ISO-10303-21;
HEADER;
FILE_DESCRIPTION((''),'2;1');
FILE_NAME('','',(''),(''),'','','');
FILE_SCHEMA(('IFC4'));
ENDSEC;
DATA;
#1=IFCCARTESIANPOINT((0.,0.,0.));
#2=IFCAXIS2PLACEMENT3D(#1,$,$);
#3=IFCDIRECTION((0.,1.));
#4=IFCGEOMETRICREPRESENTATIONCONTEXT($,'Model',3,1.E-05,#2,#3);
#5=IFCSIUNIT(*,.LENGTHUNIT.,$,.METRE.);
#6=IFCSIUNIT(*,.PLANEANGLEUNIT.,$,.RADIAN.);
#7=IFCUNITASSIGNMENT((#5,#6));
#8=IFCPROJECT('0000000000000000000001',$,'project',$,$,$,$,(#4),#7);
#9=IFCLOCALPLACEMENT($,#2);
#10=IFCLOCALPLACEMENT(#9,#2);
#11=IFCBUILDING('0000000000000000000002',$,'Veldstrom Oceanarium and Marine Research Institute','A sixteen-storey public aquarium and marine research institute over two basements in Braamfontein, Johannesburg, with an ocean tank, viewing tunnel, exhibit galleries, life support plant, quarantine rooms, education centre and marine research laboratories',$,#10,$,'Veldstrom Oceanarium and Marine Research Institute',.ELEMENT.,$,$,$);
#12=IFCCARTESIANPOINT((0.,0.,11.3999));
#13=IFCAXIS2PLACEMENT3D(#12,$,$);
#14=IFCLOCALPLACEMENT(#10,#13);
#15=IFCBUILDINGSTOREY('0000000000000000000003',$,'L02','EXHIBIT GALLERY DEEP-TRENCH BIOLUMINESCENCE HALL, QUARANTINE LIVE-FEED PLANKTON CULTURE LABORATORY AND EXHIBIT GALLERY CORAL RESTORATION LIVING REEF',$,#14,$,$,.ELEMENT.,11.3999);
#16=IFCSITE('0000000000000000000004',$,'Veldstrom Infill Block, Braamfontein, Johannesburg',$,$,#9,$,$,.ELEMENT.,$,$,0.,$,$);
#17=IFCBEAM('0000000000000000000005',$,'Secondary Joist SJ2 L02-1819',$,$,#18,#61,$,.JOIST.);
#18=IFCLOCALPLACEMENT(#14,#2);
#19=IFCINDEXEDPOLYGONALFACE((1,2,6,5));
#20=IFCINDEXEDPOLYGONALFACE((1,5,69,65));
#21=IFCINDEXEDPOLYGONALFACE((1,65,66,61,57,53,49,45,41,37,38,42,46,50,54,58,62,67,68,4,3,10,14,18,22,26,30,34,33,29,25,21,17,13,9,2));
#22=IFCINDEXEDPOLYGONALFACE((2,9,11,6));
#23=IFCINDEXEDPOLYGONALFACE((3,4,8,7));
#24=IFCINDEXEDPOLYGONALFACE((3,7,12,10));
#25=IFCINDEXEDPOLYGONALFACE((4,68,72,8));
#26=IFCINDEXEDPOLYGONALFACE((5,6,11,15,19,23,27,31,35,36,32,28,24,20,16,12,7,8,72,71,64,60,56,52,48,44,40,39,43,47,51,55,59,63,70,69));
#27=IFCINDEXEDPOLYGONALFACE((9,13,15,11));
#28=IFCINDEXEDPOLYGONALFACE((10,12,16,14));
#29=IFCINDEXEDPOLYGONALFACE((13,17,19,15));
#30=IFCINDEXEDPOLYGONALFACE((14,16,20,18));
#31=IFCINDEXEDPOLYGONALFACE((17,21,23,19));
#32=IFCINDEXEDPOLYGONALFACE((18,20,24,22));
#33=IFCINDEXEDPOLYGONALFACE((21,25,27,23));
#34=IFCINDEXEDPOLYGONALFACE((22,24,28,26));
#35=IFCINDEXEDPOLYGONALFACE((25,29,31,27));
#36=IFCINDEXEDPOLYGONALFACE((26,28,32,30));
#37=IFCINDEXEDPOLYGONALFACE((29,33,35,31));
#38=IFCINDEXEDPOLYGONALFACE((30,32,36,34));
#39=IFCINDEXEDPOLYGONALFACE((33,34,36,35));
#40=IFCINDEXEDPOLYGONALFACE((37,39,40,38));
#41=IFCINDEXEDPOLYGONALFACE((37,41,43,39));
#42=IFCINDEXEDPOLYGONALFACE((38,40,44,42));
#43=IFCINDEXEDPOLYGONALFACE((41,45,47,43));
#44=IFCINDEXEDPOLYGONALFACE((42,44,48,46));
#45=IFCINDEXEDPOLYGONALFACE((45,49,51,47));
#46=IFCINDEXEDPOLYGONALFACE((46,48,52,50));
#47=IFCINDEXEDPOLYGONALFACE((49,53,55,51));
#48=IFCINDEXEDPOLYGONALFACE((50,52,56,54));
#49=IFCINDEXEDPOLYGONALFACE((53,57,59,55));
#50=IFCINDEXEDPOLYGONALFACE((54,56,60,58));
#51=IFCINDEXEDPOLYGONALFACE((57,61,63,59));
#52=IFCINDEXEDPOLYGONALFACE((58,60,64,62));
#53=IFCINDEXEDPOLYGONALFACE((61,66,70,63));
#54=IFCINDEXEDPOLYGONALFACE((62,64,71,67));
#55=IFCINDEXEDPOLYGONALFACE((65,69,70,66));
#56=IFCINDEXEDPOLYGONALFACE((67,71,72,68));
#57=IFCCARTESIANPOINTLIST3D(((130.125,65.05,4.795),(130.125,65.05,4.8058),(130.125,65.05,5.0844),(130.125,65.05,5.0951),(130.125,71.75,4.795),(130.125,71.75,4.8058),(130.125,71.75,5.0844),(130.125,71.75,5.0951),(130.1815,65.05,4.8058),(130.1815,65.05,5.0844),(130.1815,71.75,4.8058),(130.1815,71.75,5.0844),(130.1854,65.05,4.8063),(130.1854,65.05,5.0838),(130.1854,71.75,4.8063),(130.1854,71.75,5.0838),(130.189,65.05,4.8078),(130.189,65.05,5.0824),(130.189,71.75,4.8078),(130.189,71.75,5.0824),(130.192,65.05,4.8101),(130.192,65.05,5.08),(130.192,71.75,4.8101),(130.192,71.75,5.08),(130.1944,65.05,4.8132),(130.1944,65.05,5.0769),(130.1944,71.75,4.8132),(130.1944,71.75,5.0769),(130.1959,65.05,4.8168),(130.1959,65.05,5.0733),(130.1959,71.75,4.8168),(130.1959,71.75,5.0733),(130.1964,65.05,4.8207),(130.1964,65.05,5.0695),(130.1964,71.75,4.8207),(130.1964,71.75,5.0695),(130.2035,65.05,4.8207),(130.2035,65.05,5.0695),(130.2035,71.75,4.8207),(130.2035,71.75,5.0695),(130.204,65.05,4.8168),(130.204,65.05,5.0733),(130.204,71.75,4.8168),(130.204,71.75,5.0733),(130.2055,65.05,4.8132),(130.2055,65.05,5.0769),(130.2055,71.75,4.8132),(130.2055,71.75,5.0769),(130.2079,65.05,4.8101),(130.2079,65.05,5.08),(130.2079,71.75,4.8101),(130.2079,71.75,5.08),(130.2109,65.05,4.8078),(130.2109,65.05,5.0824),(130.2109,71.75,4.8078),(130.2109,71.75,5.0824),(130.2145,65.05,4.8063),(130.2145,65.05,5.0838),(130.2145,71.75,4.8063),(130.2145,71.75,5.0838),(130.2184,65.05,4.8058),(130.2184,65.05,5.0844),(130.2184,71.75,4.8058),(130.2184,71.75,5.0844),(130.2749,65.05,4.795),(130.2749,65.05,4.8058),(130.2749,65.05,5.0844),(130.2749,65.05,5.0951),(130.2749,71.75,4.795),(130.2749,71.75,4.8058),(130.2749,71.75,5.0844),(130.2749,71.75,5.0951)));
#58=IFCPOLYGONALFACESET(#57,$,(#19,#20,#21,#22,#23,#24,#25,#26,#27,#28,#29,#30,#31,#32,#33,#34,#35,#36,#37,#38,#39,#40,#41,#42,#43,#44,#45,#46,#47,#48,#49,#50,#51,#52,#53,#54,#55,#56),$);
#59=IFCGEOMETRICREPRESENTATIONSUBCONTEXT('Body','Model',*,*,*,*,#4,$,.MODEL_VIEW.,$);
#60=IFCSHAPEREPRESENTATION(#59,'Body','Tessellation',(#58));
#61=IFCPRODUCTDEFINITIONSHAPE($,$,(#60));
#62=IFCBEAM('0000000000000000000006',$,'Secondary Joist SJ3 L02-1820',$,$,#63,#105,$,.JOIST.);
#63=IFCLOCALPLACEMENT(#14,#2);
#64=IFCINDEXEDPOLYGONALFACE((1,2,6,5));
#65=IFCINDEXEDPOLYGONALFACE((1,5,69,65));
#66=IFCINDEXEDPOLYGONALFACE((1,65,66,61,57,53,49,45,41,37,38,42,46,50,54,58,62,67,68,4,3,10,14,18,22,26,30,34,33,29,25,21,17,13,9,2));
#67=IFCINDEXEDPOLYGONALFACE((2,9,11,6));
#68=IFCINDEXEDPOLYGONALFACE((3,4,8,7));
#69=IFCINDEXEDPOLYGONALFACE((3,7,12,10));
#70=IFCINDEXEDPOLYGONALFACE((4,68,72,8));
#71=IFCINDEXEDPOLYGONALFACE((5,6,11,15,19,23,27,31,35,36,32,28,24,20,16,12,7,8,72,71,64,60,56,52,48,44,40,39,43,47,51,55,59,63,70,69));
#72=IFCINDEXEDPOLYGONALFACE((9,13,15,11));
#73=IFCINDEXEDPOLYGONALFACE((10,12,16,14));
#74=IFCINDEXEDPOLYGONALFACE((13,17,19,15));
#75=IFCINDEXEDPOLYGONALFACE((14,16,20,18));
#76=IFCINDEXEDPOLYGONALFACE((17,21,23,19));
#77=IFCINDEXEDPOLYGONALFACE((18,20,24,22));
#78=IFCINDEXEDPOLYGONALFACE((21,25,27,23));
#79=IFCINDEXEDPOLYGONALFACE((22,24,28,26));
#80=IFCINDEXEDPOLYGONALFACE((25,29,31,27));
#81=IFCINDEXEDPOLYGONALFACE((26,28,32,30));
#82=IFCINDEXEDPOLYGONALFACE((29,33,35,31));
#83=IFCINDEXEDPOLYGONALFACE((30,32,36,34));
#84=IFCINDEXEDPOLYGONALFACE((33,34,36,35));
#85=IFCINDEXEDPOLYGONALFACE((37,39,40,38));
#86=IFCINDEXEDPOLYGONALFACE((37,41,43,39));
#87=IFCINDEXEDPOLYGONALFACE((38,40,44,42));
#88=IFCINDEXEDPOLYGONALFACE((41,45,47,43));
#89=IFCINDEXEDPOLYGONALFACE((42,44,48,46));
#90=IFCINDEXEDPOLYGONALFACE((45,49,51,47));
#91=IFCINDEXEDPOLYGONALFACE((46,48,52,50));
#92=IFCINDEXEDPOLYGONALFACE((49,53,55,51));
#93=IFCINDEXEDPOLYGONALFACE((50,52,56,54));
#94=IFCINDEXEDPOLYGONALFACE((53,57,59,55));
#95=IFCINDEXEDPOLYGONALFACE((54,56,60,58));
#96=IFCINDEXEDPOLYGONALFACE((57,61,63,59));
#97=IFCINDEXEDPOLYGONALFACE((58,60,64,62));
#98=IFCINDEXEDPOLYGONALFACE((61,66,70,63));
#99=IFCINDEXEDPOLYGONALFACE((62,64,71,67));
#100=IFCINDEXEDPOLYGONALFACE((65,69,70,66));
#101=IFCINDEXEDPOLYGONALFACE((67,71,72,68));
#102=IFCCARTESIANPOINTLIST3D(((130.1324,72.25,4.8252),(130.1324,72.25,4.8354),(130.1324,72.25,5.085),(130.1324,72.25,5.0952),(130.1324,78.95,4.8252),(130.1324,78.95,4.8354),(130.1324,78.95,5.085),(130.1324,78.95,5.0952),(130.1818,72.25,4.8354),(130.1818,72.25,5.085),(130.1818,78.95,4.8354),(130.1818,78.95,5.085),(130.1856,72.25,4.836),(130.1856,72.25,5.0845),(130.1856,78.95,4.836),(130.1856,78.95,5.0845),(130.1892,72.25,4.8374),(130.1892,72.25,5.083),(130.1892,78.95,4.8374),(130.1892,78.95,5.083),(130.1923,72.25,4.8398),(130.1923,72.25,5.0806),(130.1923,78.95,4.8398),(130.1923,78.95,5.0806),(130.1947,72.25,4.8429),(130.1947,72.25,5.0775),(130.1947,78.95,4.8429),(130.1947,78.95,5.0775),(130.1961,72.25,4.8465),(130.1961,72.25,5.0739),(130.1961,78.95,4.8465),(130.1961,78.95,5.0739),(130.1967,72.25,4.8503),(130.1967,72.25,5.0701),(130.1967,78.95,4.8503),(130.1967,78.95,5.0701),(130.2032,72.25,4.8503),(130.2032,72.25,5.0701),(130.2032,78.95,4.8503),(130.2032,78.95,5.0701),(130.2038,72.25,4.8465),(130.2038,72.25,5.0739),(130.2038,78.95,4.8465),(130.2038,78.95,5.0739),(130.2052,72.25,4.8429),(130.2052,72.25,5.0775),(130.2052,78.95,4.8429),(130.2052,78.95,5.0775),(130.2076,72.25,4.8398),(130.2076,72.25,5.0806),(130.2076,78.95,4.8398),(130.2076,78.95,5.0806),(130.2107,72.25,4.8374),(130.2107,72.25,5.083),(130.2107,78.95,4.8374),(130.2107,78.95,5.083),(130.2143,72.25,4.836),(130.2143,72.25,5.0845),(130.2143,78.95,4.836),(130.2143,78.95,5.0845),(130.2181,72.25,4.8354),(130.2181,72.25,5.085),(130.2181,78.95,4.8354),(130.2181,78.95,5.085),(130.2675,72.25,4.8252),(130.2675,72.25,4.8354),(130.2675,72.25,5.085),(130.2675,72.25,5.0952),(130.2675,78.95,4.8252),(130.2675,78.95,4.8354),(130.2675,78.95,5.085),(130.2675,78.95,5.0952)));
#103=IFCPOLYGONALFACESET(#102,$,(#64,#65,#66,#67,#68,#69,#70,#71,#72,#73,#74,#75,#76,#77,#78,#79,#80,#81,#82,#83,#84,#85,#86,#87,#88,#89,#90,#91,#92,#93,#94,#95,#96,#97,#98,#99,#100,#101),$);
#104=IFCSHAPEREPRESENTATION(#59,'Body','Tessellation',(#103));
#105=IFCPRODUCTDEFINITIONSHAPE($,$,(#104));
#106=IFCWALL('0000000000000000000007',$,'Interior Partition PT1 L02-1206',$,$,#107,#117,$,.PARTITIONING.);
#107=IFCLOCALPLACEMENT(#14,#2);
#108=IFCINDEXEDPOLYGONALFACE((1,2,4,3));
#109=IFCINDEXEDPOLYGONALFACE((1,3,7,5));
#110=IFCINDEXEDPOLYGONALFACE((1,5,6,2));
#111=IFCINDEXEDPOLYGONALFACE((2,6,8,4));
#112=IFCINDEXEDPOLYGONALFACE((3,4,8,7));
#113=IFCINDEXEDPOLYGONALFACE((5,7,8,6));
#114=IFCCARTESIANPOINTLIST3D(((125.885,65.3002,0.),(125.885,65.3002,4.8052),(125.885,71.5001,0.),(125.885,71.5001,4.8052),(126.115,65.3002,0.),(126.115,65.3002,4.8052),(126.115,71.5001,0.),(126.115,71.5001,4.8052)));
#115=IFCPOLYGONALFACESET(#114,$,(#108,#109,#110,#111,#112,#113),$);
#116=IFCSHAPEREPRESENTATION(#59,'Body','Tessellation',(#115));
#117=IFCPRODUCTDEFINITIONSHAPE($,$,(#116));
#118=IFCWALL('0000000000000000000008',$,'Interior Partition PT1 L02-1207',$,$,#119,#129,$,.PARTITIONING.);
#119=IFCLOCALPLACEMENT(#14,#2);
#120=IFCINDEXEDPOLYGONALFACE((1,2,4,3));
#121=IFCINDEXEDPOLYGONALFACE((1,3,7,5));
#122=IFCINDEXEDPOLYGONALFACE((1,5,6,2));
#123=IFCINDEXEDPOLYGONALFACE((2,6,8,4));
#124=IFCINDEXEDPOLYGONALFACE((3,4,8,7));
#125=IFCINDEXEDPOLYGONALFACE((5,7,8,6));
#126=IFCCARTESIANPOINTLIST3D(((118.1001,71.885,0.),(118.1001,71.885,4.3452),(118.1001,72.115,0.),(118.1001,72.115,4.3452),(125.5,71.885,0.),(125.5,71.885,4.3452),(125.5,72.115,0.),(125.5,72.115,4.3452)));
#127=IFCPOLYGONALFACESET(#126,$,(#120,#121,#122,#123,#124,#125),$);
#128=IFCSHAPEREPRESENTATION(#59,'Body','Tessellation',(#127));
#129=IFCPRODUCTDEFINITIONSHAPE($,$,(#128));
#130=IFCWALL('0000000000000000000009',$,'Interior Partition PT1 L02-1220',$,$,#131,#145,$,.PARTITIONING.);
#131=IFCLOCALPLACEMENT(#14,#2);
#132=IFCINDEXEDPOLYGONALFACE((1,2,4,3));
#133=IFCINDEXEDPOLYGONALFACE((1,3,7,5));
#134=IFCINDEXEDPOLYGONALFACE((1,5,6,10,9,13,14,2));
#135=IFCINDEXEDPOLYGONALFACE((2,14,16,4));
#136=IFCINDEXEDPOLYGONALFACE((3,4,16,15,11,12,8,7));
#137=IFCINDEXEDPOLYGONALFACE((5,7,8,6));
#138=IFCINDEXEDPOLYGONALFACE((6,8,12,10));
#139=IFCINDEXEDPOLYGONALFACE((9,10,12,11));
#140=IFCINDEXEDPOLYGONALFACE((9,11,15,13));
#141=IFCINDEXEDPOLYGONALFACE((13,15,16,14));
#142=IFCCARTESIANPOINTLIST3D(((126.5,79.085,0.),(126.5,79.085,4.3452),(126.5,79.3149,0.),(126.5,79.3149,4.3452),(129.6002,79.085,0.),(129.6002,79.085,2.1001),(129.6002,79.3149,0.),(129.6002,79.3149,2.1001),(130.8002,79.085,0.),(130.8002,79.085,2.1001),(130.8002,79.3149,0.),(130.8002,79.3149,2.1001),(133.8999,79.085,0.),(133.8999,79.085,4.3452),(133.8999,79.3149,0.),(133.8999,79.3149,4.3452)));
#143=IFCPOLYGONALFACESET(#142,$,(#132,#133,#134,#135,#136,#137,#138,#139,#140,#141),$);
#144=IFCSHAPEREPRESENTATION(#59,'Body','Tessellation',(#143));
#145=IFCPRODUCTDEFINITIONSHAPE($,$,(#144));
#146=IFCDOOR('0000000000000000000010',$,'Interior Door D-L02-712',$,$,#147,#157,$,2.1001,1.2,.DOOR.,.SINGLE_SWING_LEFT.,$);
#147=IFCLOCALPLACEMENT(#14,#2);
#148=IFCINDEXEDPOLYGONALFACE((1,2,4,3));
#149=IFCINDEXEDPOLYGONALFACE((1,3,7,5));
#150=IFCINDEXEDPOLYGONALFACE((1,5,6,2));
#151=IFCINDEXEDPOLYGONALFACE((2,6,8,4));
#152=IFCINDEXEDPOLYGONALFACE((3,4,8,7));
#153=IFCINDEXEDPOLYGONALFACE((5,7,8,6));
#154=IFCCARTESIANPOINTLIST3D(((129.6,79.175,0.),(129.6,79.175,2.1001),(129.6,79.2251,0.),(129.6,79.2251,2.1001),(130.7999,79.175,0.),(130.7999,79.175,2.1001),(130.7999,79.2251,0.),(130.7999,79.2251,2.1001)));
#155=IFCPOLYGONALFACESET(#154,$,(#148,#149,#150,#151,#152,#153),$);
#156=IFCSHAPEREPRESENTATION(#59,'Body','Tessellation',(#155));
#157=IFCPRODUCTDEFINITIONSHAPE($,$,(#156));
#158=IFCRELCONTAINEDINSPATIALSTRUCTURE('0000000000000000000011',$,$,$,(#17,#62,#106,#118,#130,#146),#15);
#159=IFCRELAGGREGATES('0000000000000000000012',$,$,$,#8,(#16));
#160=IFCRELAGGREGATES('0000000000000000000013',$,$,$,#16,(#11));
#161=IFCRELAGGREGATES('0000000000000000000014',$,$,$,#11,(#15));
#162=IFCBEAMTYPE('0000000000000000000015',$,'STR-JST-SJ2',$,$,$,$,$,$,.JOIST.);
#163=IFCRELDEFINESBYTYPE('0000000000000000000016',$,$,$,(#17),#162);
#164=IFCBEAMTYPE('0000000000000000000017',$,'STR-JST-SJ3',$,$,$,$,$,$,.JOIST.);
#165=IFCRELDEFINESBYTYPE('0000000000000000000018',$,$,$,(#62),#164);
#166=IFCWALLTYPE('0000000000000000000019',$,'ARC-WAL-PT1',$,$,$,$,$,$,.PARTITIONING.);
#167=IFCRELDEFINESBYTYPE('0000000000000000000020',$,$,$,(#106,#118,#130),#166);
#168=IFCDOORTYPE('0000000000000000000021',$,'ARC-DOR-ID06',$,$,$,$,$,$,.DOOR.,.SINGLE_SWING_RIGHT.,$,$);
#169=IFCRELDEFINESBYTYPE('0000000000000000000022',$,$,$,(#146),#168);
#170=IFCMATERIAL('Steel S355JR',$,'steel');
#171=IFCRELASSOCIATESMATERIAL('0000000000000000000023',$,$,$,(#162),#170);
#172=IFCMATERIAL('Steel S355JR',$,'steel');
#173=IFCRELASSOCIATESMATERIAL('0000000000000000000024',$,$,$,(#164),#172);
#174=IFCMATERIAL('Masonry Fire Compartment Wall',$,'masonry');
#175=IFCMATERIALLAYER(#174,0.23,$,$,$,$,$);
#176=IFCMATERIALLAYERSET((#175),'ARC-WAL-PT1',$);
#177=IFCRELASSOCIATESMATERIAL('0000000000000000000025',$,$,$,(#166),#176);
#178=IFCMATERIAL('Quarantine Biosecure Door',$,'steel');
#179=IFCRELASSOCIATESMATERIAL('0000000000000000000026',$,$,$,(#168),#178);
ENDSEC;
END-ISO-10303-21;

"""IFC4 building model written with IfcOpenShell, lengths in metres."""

from ifc_helpers import new_model, si_unit, direction, frame, frame_2d, origin, origin_2d, place, context, subcontext, project, spatial, rectangle, i_section, extrude, material, layer, layer_set, material_profile, profile_set, type_object, element, fill, save


model = new_model("IFC4")

# Units and contexts
model_context = context("Model", 3, precision=1e-05, world=origin(), true_north=direction((0.0, 1.0)))
body_context = subcontext(model_context, "Body", "Model", "MODEL_VIEW")
ifc_project = project(units=[si_unit("LENGTHUNIT", "METRE"), si_unit("PLANEANGLEUNIT", "RADIAN")], contexts=[model_context])

# Site, building, storey
site_placement = place(None, origin())
site = spatial("IfcSite", under=ifc_project, at=site_placement, Name="Veldstrom Infill Block, Braamfontein, Johannesburg", CompositionType="ELEMENT", RefElevation=0.0)
building_placement = place(site_placement, origin())
building = spatial("IfcBuilding", under=site, at=building_placement, Name="Veldstrom Oceanarium and Marine Research Institute", Description="A sixteen-storey public aquarium and marine research institute over two basements in Braamfontein, Johannesburg, with an ocean tank, viewing tunnel, exhibit galleries, life support plant, quarantine rooms, education centre and marine research laboratories", LongName="Veldstrom Oceanarium and Marine Research Institute", CompositionType="ELEMENT")
storey_placement = place(building_placement, frame((0.0, 0.0, 11.3999)))
storey = spatial("IfcBuildingStorey", under=building, at=storey_placement, Name="L02", Description="EXHIBIT GALLERY DEEP-TRENCH BIOLUMINESCENCE HALL, QUARANTINE LIVE-FEED PLANKTON CULTURE LABORATORY AND EXHIBIT GALLERY CORAL RESTORATION LIVING REEF", CompositionType="ELEMENT", Elevation=11.3999)

# Beams
ifc_material_1 = material(Name="Steel S355JR", Category="steel")
ifc_material_profile_1 = material_profile(ifc_material_1, i_section(OverallWidth=0.1499, OverallDepth=0.3, WebThickness=0.0071, FlangeThickness=0.0107, FilletRadius=0.0149, at=origin_2d()), Name="IPE 300")
ifc_profile_set_1 = profile_set([ifc_material_profile_1], Name="Steel S355JR")
beam_type_1 = type_object("IfcBeamType", Name="STR-JST-SJ2", PredefinedType="JOIST", material=ifc_profile_set_1)
for number, where, z_axis, x_axis, name in (
    (1, (130.2, 65.05, 4.9451), (0.0, 1.0, 0.0), (-1.0, 0.0, 0.0), "Secondary Joist SJ2 L02-1819"),
):
    element("IfcBeam", number, at=place(storey_placement, frame(where, z_axis=z_axis, x_axis=x_axis)), inside=storey, type_object=beam_type_1, Name=name, PredefinedType="JOIST", context=body_context, shape_type="SweptSolid", body=[
        extrude(i_section(OverallWidth=0.1499, OverallDepth=0.3, WebThickness=0.0071, FlangeThickness=0.0107, FilletRadius=0.0149, at=origin_2d()), origin(), (0.0, 0.0, 1.0), 6.7),
    ])
ifc_material_2 = material(Name="Steel S355JR", Category="steel")
ifc_material_profile_2 = material_profile(ifc_material_2, i_section(OverallWidth=0.135, OverallDepth=0.27, WebThickness=0.0066, FlangeThickness=0.0103, FilletRadius=0.0149, at=origin_2d()), Name="IPE 270")
ifc_profile_set_2 = profile_set([ifc_material_profile_2], Name="Steel S355JR")
beam_type_2 = type_object("IfcBeamType", Name="STR-JST-SJ3", PredefinedType="JOIST", material=ifc_profile_set_2)
beam_1_placement = place(storey_placement, frame((130.2, 72.25, 4.9602), z_axis=(0.0, 1.0, 0.0), x_axis=(-1.0, 0.0, 0.0)))
element("IfcBeam", 2, at=beam_1_placement, inside=storey, type_object=beam_type_2, Name="Secondary Joist SJ3 L02-1820", PredefinedType="JOIST", context=body_context, shape_type="SweptSolid", body=[
    extrude(i_section(OverallWidth=0.135, OverallDepth=0.27, WebThickness=0.0066, FlangeThickness=0.0103, FilletRadius=0.0149, at=origin_2d()), origin(), (0.0, 0.0, 1.0), 6.7),
])

# Walls
ifc_material_3 = material(Name="Masonry Fire Compartment Wall", Category="masonry")
ifc_layer_1 = layer(ifc_material_3, 0.23)
ifc_layer_set_1 = layer_set([ifc_layer_1], Name="ARC-WAL-PT1")
wall_type_1 = type_object("IfcWallType", Name="ARC-WAL-PT1", PredefinedType="PARTITIONING", material=ifc_layer_set_1)
wall_1_placement = place(storey_placement, frame((126.0, 65.3, 0.0), z_axis=(0.0, 0.0, 1.0), x_axis=(0.0, 1.0, 0.0)))
element("IfcWall", 3, at=wall_1_placement, inside=storey, type_object=wall_type_1, Name="Interior Partition PT1 L02-1206", PredefinedType="PARTITIONING", context=body_context, shape_type="SweptSolid", body=[
    extrude(rectangle(XDim=6.2, YDim=0.23, at=frame_2d((3.1001, 0.0))), origin(), (0.0, 0.0, 1.0), 4.8052),
])
wall_2_placement = place(storey_placement, frame((118.1001, 72.0, 0.0), z_axis=(0.0, 0.0, 1.0), x_axis=(1.0, 0.0, 0.0)))
element("IfcWall", 4, at=wall_2_placement, inside=storey, type_object=wall_type_1, Name="Interior Partition PT1 L02-1207", PredefinedType="PARTITIONING", context=body_context, shape_type="SweptSolid", body=[
    extrude(rectangle(XDim=7.3999, YDim=0.23, at=frame_2d((3.7, 0.0))), origin(), (0.0, 0.0, 1.0), 4.3452),
])

# Wall, opening, door
wall_3_placement = place(storey_placement, frame((126.5, 79.2, 0.0), z_axis=(0.0, 0.0, 1.0), x_axis=(1.0, 0.0, 0.0)))
wall_3 = element("IfcWall", 5, at=wall_3_placement, inside=storey, type_object=wall_type_1, Name="Interior Partition PT1 L02-1220", PredefinedType="PARTITIONING", context=body_context, shape_type="SweptSolid", body=[
    extrude(rectangle(XDim=7.3999, YDim=0.23, at=frame_2d((3.7, 0.0))), origin(), (0.0, 0.0, 1.0), 4.3452),
])
opening_1_placement = place(wall_3_placement, frame((3.1001, 0.0, 0.0)))
opening_1 = element("IfcOpeningElement", 6, at=opening_1_placement, cuts=wall_3, PredefinedType="OPENING", context=body_context, shape_type="SweptSolid", body=[
    extrude(rectangle(XDim=1.2, YDim=2.1001, at=frame_2d((0.6001, 1.05))), frame((0.0, 0.125, 0.0), z_axis=(0.0, -1.0, 0.0), x_axis=(1.0, 0.0, 0.0)), (0.0, 0.0, 1.0), 0.25),
])
ifc_material_4 = material(Name="Quarantine Biosecure Door", Category="steel")
door_type_1 = type_object("IfcDoorType", Name="ARC-DOR-ID06", OperationType="SINGLE_SWING_RIGHT", PredefinedType="DOOR", material=ifc_material_4)
door_1_placement = place(opening_1_placement, frame((1.2, 0.0, 0.0), z_axis=(0.0, 0.0, 1.0), x_axis=(-1.0, 0.0, 0.0)))
door_1 = element("IfcDoor", 7, at=door_1_placement, inside=storey, type_object=door_type_1, Name="Interior Door D-L02-712", OperationType="SINGLE_SWING_LEFT", OverallHeight=2.1001, OverallWidth=1.2, PredefinedType="DOOR", context=body_context, shape_type="SweptSolid", body=[
    extrude(rectangle(XDim=1.2, YDim=2.1001, at=frame_2d((0.6001, 1.05))), frame((0.0, 0.0249, 0.0), z_axis=(0.0, -1.0, 0.0), x_axis=(1.0, 0.0, 0.0)), (0.0, 0.0, 1.0), 0.05),
])
fill(opening_1, door_1)

save(model, "model.ifc")
